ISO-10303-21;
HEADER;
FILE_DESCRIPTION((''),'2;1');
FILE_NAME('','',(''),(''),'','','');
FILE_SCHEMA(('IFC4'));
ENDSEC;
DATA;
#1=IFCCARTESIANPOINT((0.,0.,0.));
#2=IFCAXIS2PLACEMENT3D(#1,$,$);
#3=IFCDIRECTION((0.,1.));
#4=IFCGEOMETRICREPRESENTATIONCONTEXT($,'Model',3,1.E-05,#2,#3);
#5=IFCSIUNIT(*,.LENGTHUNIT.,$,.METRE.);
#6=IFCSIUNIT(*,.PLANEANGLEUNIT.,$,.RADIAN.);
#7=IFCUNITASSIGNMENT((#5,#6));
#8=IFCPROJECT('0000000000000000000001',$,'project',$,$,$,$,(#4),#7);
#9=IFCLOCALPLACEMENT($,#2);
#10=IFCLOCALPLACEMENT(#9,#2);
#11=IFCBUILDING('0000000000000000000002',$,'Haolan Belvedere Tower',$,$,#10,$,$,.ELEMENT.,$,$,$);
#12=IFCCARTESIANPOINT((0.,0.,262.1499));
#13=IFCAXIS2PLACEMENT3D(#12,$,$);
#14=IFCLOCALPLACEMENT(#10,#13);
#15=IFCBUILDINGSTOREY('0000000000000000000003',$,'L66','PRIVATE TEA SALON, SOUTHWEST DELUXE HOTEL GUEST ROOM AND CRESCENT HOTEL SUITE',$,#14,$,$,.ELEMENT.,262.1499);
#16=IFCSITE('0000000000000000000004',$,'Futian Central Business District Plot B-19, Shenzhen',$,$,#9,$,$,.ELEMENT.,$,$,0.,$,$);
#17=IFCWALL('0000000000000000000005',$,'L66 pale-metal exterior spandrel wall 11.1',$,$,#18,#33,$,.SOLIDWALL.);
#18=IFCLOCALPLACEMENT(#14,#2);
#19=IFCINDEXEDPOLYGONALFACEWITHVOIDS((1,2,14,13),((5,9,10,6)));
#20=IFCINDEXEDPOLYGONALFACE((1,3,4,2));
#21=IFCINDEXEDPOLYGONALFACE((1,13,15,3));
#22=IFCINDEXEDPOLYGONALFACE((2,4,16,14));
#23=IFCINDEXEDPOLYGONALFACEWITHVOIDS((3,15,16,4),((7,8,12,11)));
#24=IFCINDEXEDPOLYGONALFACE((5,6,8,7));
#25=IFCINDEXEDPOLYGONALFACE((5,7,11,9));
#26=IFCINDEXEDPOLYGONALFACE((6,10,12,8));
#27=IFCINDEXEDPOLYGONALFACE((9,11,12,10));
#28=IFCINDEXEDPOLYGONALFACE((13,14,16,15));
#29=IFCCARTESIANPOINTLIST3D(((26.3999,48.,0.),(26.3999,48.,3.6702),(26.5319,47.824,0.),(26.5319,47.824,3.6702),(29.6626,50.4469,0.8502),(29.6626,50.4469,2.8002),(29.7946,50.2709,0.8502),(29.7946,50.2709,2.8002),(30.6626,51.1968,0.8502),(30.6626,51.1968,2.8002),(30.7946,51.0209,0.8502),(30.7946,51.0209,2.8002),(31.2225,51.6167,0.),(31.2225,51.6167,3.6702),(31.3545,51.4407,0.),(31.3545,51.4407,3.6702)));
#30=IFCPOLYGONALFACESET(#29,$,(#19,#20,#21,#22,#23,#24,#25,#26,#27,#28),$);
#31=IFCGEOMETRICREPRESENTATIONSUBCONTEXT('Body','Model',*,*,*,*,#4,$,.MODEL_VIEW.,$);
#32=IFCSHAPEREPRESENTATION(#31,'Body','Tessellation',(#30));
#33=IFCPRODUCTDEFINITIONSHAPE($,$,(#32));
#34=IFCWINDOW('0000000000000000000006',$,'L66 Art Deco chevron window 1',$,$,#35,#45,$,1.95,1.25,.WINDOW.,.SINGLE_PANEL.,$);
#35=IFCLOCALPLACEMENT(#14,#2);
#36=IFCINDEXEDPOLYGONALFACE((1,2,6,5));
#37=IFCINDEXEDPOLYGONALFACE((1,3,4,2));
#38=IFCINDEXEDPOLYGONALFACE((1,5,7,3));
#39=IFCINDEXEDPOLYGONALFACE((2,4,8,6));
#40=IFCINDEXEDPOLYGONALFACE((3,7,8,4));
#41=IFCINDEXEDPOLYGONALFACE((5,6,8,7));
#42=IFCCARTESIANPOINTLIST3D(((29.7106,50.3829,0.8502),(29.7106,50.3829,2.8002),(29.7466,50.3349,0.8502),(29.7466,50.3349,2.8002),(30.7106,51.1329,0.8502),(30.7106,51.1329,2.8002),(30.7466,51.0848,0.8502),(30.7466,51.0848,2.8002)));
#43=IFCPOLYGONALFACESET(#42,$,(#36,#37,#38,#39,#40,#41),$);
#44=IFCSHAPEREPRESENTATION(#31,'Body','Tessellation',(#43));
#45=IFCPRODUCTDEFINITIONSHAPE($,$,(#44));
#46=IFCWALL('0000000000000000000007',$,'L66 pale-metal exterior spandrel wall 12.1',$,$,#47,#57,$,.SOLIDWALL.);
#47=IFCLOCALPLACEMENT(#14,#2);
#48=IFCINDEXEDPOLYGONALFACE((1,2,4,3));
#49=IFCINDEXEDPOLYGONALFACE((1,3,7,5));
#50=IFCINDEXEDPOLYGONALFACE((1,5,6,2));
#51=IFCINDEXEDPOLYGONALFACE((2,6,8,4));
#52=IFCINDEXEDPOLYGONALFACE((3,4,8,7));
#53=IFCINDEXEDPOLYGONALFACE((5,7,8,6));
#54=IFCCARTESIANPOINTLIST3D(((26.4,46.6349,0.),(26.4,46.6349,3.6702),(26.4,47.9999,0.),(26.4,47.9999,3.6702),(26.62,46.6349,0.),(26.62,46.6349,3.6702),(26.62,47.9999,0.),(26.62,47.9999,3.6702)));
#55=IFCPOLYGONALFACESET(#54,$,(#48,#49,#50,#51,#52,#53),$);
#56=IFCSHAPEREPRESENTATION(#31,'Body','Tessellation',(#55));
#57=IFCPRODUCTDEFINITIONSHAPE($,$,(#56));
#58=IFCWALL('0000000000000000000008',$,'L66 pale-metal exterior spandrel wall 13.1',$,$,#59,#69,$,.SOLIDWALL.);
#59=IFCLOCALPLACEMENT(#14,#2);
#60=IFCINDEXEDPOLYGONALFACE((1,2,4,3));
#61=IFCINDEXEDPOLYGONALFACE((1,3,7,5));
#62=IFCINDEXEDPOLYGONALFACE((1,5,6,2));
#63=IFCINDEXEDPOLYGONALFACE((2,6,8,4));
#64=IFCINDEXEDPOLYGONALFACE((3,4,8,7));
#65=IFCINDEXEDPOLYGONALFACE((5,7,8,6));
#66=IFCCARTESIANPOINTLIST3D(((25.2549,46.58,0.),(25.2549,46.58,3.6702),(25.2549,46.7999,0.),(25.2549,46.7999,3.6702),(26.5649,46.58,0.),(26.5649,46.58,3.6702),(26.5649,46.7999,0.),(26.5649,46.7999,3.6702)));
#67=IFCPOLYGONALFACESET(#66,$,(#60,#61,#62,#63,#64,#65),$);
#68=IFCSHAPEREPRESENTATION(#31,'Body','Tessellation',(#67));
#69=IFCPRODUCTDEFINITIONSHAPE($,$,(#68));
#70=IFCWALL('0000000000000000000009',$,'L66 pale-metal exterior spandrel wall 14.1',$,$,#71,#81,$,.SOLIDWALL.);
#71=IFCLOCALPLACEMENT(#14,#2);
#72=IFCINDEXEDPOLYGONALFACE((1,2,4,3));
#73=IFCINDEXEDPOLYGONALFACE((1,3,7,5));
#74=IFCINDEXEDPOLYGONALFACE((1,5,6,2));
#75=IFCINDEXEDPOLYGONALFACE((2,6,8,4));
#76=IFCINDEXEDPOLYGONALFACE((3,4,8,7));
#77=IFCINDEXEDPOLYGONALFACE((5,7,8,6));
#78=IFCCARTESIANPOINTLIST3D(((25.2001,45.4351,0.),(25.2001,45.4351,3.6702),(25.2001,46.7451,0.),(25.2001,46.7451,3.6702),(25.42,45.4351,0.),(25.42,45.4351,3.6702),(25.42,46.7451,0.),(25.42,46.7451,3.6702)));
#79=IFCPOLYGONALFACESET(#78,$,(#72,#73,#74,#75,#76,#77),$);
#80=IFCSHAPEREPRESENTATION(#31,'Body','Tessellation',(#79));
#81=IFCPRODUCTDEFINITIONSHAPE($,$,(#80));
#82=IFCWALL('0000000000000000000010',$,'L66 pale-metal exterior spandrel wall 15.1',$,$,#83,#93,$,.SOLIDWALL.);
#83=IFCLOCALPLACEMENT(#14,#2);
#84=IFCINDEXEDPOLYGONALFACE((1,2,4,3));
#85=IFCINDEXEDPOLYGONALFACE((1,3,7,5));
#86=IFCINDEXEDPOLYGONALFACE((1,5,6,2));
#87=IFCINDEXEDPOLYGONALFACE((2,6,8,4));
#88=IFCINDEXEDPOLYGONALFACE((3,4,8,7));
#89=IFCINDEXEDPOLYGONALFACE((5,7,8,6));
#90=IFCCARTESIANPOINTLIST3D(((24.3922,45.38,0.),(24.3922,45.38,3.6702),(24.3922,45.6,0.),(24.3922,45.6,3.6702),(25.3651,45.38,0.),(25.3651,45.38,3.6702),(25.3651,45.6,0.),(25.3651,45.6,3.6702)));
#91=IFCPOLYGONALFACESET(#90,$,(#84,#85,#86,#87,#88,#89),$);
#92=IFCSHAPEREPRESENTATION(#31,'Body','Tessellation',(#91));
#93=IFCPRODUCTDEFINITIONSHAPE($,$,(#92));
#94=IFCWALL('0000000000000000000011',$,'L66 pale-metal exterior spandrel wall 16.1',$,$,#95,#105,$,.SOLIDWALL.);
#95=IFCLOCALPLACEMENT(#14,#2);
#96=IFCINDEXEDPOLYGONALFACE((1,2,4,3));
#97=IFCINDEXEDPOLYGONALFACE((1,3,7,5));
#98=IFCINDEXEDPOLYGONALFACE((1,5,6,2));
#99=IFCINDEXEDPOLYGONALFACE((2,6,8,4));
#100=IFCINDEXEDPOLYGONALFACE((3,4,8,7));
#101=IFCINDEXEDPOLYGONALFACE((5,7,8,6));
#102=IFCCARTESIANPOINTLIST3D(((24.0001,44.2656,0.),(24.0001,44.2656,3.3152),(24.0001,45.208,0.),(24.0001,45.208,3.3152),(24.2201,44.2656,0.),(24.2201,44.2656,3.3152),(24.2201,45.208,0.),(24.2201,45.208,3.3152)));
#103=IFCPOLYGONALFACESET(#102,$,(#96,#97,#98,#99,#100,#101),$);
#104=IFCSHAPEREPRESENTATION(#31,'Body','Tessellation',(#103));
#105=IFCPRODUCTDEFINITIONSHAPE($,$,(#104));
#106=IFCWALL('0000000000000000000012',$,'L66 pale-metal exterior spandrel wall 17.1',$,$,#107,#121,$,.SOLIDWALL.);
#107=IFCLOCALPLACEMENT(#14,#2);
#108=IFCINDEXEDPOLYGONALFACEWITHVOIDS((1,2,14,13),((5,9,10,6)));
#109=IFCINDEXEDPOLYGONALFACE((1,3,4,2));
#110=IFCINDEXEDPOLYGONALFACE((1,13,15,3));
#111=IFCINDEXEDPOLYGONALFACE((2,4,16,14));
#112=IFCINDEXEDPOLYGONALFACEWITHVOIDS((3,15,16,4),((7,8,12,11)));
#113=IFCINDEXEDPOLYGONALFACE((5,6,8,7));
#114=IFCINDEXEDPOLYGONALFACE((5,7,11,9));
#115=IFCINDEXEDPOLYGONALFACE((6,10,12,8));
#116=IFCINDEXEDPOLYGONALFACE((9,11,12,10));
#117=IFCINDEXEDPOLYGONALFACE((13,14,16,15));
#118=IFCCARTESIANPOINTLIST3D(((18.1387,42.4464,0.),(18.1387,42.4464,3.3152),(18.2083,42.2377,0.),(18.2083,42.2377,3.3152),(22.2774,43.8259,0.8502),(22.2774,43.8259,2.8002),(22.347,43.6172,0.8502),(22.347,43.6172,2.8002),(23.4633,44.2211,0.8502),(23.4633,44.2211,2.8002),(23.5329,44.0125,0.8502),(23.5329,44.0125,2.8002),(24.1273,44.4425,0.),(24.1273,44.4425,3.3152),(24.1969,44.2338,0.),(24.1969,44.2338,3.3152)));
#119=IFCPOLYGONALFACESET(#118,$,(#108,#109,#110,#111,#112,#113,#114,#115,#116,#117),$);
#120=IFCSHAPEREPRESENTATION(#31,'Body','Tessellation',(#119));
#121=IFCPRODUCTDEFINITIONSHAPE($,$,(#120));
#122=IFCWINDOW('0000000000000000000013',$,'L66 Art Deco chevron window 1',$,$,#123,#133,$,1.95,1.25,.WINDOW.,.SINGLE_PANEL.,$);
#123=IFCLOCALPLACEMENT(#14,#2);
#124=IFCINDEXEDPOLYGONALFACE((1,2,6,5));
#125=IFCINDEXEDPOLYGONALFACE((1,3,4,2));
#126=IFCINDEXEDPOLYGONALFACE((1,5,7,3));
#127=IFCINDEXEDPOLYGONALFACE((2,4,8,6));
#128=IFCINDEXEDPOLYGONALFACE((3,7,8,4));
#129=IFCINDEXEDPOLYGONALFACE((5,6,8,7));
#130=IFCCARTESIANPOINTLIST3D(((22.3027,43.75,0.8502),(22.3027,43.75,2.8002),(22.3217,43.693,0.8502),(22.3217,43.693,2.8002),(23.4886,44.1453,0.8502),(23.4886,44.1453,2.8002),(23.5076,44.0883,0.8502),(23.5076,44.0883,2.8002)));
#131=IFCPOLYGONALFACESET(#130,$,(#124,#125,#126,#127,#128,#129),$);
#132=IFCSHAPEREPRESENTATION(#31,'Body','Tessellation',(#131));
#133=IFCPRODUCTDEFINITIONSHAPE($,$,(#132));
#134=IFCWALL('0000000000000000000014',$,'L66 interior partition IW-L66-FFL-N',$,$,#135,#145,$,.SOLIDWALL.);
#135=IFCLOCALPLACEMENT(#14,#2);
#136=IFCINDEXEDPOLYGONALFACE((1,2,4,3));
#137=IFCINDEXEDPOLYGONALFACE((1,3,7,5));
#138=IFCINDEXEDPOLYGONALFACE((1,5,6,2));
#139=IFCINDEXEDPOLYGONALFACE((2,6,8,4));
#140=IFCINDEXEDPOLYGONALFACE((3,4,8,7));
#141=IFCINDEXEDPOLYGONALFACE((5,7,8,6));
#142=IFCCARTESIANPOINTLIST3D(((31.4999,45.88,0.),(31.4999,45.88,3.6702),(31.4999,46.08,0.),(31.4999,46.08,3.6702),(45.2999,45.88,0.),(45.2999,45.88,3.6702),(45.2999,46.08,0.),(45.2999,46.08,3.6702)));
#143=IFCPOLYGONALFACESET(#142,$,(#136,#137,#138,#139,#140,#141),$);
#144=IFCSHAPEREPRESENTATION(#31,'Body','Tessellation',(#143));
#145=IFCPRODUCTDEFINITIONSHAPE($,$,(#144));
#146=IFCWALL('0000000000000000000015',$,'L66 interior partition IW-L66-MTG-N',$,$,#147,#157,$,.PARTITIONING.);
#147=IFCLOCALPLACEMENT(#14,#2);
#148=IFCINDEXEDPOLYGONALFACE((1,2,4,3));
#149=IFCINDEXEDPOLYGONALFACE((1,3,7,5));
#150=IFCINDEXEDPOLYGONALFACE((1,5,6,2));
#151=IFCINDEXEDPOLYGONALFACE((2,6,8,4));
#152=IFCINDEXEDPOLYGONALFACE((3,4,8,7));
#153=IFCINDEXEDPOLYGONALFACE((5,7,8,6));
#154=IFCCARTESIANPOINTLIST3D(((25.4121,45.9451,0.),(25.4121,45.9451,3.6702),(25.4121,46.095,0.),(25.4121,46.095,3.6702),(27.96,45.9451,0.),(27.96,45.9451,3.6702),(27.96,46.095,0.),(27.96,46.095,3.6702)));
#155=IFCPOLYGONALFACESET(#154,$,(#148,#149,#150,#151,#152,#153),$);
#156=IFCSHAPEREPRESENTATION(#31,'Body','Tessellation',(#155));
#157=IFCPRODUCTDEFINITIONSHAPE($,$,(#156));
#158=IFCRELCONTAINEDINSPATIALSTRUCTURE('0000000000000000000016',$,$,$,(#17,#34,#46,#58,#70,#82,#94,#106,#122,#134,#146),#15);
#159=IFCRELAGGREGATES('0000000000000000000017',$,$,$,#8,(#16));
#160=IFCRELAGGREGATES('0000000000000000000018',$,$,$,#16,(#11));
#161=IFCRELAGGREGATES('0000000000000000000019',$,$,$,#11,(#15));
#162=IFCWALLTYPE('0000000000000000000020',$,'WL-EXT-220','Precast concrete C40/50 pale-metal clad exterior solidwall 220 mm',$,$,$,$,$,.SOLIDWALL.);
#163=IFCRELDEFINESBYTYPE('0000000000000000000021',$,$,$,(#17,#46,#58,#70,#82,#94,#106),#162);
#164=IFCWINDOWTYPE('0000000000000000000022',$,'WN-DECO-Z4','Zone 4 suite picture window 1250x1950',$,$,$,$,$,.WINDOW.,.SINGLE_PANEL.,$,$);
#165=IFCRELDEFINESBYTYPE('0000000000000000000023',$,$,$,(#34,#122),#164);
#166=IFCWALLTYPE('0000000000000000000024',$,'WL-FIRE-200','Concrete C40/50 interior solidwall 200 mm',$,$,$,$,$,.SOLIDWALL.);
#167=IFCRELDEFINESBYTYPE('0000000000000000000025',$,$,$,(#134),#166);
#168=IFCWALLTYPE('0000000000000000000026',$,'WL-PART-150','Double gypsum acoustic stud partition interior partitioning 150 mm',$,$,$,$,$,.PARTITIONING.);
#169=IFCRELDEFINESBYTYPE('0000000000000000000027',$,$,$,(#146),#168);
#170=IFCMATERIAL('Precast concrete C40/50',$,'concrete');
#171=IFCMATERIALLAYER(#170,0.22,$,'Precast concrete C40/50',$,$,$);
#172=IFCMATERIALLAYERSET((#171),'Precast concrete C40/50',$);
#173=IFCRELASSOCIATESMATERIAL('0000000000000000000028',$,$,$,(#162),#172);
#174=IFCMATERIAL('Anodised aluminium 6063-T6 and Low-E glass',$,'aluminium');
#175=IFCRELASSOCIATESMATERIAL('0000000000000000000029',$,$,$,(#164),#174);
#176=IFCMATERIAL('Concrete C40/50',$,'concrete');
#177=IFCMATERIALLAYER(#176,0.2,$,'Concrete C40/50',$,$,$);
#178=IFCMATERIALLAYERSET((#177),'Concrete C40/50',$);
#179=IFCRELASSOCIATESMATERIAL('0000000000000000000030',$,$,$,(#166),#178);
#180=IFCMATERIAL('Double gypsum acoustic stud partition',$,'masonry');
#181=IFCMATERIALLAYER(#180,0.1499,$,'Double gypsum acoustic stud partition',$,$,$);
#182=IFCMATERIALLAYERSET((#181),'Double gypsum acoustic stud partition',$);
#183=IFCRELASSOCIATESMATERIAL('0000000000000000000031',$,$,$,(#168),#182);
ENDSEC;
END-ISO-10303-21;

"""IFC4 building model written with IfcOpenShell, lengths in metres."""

from ifc_helpers import new_model, si_unit, direction, frame, frame_2d, origin, place, context, subcontext, project, spatial, rectangle, extrude, material, layer, layer_set, type_object, element, fill, save


model = new_model("IFC4")

# Units and contexts
model_context = context("Model", 3, precision=1e-05, world=origin(), true_north=direction((0.0, 1.0)))
body_context = subcontext(model_context, "Body", "Model", "MODEL_VIEW")
ifc_project = project(units=[si_unit("LENGTHUNIT", "METRE"), si_unit("PLANEANGLEUNIT", "RADIAN")], contexts=[model_context])

# Site, building, storey
site_placement = place(None, origin())
site = spatial("IfcSite", under=ifc_project, at=site_placement, Name="Futian Central Business District Plot B-19, Shenzhen", CompositionType="ELEMENT", RefElevation=0.0)
building_placement = place(site_placement, origin())
building = spatial("IfcBuilding", under=site, at=building_placement, Name="Haolan Belvedere Tower", CompositionType="ELEMENT")
storey_placement = place(building_placement, frame((0.0, 0.0, 262.1499)))
storey = spatial("IfcBuildingStorey", under=building, at=storey_placement, Name="L66", Description="PRIVATE TEA SALON, SOUTHWEST DELUXE HOTEL GUEST ROOM AND CRESCENT HOTEL SUITE", CompositionType="ELEMENT", Elevation=262.1499)

# Wall, opening, window
ifc_material_1 = material(Name="Precast concrete C40/50", Category="concrete")
ifc_layer_1 = layer(ifc_material_1, 0.22, Name="Precast concrete C40/50")
ifc_layer_set_1 = layer_set([ifc_layer_1], Name="Precast concrete C40/50")
wall_type_1 = type_object("IfcWallType", Name="WL-EXT-220", Description="Precast concrete C40/50 pale-metal clad exterior solidwall 220 mm", PredefinedType="SOLIDWALL", material=ifc_layer_set_1)
wall_1_placement = place(storey_placement, frame((31.2886, 51.5288, 0.0), z_axis=(0.0, 0.0, 1.0), x_axis=(-0.800015, -0.599981, 0.0)))
wall_1 = element("IfcWall", 1, at=wall_1_placement, inside=storey, type_object=wall_type_1, Name="L66 pale-metal exterior spandrel wall 11.1", PredefinedType="SOLIDWALL", context=body_context, shape_type="SweptSolid", body=[
    extrude(rectangle(XDim=6.0281, YDim=0.22, at=frame_2d((3.0142, 0.0))), origin(), (0.0, 0.0, 1.0), 3.6702),
])
opening_1_placement = place(wall_1_placement, frame((0.7, 0.0, 0.8501)))
opening_1 = element("IfcOpeningElement", 2, at=opening_1_placement, cuts=wall_1, PredefinedType="OPENING", context=body_context, shape_type="SweptSolid", body=[
    extrude(rectangle(XDim=1.25, YDim=1.95, at=frame_2d((0.625, 0.9751))), frame((0.0, 0.1199, 0.0), z_axis=(0.0, -1.0, 0.0), x_axis=(1.0, 0.0, 0.0)), (0.0, 0.0, 1.0), 0.24),
])
ifc_material_2 = material(Name="Anodised aluminium 6063-T6 and Low-E glass", Category="aluminium")
window_type = type_object("IfcWindowType", Name="WN-DECO-Z4", Description="Zone 4 suite picture window 1250x1950", PartitioningType="SINGLE_PANEL", PredefinedType="WINDOW", material=ifc_material_2)
window_1_placement = place(opening_1_placement, origin())
window_1 = element("IfcWindow", 3, at=window_1_placement, inside=storey, type_object=window_type, Name="L66 Art Deco chevron window 1", OverallHeight=1.95, OverallWidth=1.25, PartitioningType="SINGLE_PANEL", PredefinedType="WINDOW", context=body_context, shape_type="SweptSolid", body=[
    extrude(rectangle(XDim=1.25, YDim=1.95, at=frame_2d((0.625, 0.9751))), frame((0.0, 0.03, 0.0), z_axis=(0.0, -1.0, 0.0), x_axis=(1.0, 0.0, 0.0)), (0.0, 0.0, 1.0), 0.0601),
])
fill(opening_1, window_1)

# Walls
wall_2_placement = place(storey_placement, frame((26.51, 48.0, 0.0), z_axis=(0.0, 0.0, 1.0), x_axis=(0.0, -1.0, 0.0)))
element("IfcWall", 4, at=wall_2_placement, inside=storey, type_object=wall_type_1, Name="L66 pale-metal exterior spandrel wall 12.1", PredefinedType="SOLIDWALL", context=body_context, shape_type="SweptSolid", body=[
    extrude(rectangle(XDim=1.365, YDim=0.22, at=frame_2d((0.6826, 0.0))), origin(), (0.0, 0.0, 1.0), 3.6702),
])
for number, where, z_axis, x_axis, name in (
    (5, (26.5649, 46.6899, 0.0), (0.0, 0.0, 1.0), (-1.0, 0.0, 0.0), "L66 pale-metal exterior spandrel wall 13.1"),
    (6, (25.3101, 46.7451, 0.0), (0.0, 0.0, 1.0), (0.0, -1.0, 0.0), "L66 pale-metal exterior spandrel wall 14.1"),
):
    element("IfcWall", number, at=place(storey_placement, frame(where, z_axis=z_axis, x_axis=x_axis)), inside=storey, type_object=wall_type_1, Name=name, PredefinedType="SOLIDWALL", context=body_context, shape_type="SweptSolid", body=[
        extrude(rectangle(XDim=1.3101, YDim=0.22, at=frame_2d((0.655, 0.0))), origin(), (0.0, 0.0, 1.0), 3.6702),
    ])
wall_3_placement = place(storey_placement, frame((25.365, 45.49, 0.0), z_axis=(0.0, 0.0, 1.0), x_axis=(-1.0, 0.0, 0.0)))
element("IfcWall", 7, at=wall_3_placement, inside=storey, type_object=wall_type_1, Name="L66 pale-metal exterior spandrel wall 15.1", PredefinedType="SOLIDWALL", context=body_context, shape_type="SweptSolid", body=[
    extrude(rectangle(XDim=0.9729, YDim=0.22, at=frame_2d((0.4863, 0.0))), origin(), (0.0, 0.0, 1.0), 3.6702),
])
wall_4_placement = place(storey_placement, frame((24.1101, 45.208, 0.0), z_axis=(0.0, 0.0, 1.0), x_axis=(0.0, -1.0, 0.0)))
element("IfcWall", 8, at=wall_4_placement, inside=storey, type_object=wall_type_1, Name="L66 pale-metal exterior spandrel wall 16.1", PredefinedType="SOLIDWALL", context=body_context, shape_type="SweptSolid", body=[
    extrude(rectangle(XDim=0.9424, YDim=0.22, at=frame_2d((0.4712, 0.0))), origin(), (0.0, 0.0, 1.0), 3.3152),
])

# Wall, opening, window
wall_5_placement = place(storey_placement, frame((24.1621, 44.3381, 0.0), z_axis=(0.0, 0.0, 1.0), x_axis=(-0.948687, -0.316216, 0.0)))
wall_5 = element("IfcWall", 9, at=wall_5_placement, inside=storey, type_object=wall_type_1, Name="L66 pale-metal exterior spandrel wall 17.1", PredefinedType="SOLIDWALL", context=body_context, shape_type="SweptSolid", body=[
    extrude(rectangle(XDim=6.3125, YDim=0.22, at=frame_2d((3.1562, 0.0))), origin(), (0.0, 0.0, 1.0), 3.3152),
])
opening_2_placement = place(wall_5_placement, frame((0.7, 0.0, 0.8501)))
opening_2 = element("IfcOpeningElement", 10, at=opening_2_placement, cuts=wall_5, PredefinedType="OPENING", context=body_context, shape_type="SweptSolid", body=[
    extrude(rectangle(XDim=1.25, YDim=1.95, at=frame_2d((0.625, 0.9751))), frame((0.0, 0.1199, 0.0), z_axis=(0.0, -1.0, 0.0), x_axis=(1.0, 0.0, 0.0)), (0.0, 0.0, 1.0), 0.24),
])
window_2_placement = place(opening_2_placement, origin())
window_2 = element("IfcWindow", 11, at=window_2_placement, inside=storey, type_object=window_type, Name="L66 Art Deco chevron window 1", OverallHeight=1.95, OverallWidth=1.25, PartitioningType="SINGLE_PANEL", PredefinedType="WINDOW", context=body_context, shape_type="SweptSolid", body=[
    extrude(rectangle(XDim=1.25, YDim=1.95, at=frame_2d((0.625, 0.9751))), frame((0.0, 0.03, 0.0), z_axis=(0.0, -1.0, 0.0), x_axis=(1.0, 0.0, 0.0)), (0.0, 0.0, 1.0), 0.0601),
])
fill(opening_2, window_2)

# Wall
ifc_material_3 = material(Name="Concrete C40/50", Category="concrete")
ifc_layer_2 = layer(ifc_material_3, 0.2, Name="Concrete C40/50")
ifc_layer_set_2 = layer_set([ifc_layer_2], Name="Concrete C40/50")
wall_type_2 = type_object("IfcWallType", Name="WL-FIRE-200", Description="Concrete C40/50 interior solidwall 200 mm", PredefinedType="SOLIDWALL", material=ifc_layer_set_2)
wall_6_placement = place(storey_placement, frame((31.5, 45.98, 0.0), z_axis=(0.0, 0.0, 1.0), x_axis=(1.0, 0.0, 0.0)))
element("IfcWall", 12, at=wall_6_placement, inside=storey, type_object=wall_type_2, Name="L66 interior partition IW-L66-FFL-N", PredefinedType="SOLIDWALL", context=body_context, shape_type="SweptSolid", body=[
    extrude(rectangle(XDim=13.8, YDim=0.2, at=frame_2d((6.8999, 0.0))), origin(), (0.0, 0.0, 1.0), 3.6702),
])

# Wall
ifc_material_4 = material(Name="Double gypsum acoustic stud partition", Category="masonry")
ifc_layer_3 = layer(ifc_material_4, 0.1499, Name="Double gypsum acoustic stud partition")
ifc_layer_set_3 = layer_set([ifc_layer_3], Name="Double gypsum acoustic stud partition")
wall_type_3 = type_object("IfcWallType", Name="WL-PART-150", Description="Double gypsum acoustic stud partition interior partitioning 150 mm", PredefinedType="PARTITIONING", material=ifc_layer_set_3)
wall_7_placement = place(storey_placement, frame((25.4121, 46.02, 0.0), z_axis=(0.0, 0.0, 1.0), x_axis=(1.0, 0.0, 0.0)))
element("IfcWall", 13, at=wall_7_placement, inside=storey, type_object=wall_type_3, Name="L66 interior partition IW-L66-MTG-N", PredefinedType="PARTITIONING", context=body_context, shape_type="SweptSolid", body=[
    extrude(rectangle(XDim=2.5479, YDim=0.1499, at=frame_2d((1.2739, 0.0))), origin(), (0.0, 0.0, 1.0), 3.6702),
])

save(model, "model.ifc")
